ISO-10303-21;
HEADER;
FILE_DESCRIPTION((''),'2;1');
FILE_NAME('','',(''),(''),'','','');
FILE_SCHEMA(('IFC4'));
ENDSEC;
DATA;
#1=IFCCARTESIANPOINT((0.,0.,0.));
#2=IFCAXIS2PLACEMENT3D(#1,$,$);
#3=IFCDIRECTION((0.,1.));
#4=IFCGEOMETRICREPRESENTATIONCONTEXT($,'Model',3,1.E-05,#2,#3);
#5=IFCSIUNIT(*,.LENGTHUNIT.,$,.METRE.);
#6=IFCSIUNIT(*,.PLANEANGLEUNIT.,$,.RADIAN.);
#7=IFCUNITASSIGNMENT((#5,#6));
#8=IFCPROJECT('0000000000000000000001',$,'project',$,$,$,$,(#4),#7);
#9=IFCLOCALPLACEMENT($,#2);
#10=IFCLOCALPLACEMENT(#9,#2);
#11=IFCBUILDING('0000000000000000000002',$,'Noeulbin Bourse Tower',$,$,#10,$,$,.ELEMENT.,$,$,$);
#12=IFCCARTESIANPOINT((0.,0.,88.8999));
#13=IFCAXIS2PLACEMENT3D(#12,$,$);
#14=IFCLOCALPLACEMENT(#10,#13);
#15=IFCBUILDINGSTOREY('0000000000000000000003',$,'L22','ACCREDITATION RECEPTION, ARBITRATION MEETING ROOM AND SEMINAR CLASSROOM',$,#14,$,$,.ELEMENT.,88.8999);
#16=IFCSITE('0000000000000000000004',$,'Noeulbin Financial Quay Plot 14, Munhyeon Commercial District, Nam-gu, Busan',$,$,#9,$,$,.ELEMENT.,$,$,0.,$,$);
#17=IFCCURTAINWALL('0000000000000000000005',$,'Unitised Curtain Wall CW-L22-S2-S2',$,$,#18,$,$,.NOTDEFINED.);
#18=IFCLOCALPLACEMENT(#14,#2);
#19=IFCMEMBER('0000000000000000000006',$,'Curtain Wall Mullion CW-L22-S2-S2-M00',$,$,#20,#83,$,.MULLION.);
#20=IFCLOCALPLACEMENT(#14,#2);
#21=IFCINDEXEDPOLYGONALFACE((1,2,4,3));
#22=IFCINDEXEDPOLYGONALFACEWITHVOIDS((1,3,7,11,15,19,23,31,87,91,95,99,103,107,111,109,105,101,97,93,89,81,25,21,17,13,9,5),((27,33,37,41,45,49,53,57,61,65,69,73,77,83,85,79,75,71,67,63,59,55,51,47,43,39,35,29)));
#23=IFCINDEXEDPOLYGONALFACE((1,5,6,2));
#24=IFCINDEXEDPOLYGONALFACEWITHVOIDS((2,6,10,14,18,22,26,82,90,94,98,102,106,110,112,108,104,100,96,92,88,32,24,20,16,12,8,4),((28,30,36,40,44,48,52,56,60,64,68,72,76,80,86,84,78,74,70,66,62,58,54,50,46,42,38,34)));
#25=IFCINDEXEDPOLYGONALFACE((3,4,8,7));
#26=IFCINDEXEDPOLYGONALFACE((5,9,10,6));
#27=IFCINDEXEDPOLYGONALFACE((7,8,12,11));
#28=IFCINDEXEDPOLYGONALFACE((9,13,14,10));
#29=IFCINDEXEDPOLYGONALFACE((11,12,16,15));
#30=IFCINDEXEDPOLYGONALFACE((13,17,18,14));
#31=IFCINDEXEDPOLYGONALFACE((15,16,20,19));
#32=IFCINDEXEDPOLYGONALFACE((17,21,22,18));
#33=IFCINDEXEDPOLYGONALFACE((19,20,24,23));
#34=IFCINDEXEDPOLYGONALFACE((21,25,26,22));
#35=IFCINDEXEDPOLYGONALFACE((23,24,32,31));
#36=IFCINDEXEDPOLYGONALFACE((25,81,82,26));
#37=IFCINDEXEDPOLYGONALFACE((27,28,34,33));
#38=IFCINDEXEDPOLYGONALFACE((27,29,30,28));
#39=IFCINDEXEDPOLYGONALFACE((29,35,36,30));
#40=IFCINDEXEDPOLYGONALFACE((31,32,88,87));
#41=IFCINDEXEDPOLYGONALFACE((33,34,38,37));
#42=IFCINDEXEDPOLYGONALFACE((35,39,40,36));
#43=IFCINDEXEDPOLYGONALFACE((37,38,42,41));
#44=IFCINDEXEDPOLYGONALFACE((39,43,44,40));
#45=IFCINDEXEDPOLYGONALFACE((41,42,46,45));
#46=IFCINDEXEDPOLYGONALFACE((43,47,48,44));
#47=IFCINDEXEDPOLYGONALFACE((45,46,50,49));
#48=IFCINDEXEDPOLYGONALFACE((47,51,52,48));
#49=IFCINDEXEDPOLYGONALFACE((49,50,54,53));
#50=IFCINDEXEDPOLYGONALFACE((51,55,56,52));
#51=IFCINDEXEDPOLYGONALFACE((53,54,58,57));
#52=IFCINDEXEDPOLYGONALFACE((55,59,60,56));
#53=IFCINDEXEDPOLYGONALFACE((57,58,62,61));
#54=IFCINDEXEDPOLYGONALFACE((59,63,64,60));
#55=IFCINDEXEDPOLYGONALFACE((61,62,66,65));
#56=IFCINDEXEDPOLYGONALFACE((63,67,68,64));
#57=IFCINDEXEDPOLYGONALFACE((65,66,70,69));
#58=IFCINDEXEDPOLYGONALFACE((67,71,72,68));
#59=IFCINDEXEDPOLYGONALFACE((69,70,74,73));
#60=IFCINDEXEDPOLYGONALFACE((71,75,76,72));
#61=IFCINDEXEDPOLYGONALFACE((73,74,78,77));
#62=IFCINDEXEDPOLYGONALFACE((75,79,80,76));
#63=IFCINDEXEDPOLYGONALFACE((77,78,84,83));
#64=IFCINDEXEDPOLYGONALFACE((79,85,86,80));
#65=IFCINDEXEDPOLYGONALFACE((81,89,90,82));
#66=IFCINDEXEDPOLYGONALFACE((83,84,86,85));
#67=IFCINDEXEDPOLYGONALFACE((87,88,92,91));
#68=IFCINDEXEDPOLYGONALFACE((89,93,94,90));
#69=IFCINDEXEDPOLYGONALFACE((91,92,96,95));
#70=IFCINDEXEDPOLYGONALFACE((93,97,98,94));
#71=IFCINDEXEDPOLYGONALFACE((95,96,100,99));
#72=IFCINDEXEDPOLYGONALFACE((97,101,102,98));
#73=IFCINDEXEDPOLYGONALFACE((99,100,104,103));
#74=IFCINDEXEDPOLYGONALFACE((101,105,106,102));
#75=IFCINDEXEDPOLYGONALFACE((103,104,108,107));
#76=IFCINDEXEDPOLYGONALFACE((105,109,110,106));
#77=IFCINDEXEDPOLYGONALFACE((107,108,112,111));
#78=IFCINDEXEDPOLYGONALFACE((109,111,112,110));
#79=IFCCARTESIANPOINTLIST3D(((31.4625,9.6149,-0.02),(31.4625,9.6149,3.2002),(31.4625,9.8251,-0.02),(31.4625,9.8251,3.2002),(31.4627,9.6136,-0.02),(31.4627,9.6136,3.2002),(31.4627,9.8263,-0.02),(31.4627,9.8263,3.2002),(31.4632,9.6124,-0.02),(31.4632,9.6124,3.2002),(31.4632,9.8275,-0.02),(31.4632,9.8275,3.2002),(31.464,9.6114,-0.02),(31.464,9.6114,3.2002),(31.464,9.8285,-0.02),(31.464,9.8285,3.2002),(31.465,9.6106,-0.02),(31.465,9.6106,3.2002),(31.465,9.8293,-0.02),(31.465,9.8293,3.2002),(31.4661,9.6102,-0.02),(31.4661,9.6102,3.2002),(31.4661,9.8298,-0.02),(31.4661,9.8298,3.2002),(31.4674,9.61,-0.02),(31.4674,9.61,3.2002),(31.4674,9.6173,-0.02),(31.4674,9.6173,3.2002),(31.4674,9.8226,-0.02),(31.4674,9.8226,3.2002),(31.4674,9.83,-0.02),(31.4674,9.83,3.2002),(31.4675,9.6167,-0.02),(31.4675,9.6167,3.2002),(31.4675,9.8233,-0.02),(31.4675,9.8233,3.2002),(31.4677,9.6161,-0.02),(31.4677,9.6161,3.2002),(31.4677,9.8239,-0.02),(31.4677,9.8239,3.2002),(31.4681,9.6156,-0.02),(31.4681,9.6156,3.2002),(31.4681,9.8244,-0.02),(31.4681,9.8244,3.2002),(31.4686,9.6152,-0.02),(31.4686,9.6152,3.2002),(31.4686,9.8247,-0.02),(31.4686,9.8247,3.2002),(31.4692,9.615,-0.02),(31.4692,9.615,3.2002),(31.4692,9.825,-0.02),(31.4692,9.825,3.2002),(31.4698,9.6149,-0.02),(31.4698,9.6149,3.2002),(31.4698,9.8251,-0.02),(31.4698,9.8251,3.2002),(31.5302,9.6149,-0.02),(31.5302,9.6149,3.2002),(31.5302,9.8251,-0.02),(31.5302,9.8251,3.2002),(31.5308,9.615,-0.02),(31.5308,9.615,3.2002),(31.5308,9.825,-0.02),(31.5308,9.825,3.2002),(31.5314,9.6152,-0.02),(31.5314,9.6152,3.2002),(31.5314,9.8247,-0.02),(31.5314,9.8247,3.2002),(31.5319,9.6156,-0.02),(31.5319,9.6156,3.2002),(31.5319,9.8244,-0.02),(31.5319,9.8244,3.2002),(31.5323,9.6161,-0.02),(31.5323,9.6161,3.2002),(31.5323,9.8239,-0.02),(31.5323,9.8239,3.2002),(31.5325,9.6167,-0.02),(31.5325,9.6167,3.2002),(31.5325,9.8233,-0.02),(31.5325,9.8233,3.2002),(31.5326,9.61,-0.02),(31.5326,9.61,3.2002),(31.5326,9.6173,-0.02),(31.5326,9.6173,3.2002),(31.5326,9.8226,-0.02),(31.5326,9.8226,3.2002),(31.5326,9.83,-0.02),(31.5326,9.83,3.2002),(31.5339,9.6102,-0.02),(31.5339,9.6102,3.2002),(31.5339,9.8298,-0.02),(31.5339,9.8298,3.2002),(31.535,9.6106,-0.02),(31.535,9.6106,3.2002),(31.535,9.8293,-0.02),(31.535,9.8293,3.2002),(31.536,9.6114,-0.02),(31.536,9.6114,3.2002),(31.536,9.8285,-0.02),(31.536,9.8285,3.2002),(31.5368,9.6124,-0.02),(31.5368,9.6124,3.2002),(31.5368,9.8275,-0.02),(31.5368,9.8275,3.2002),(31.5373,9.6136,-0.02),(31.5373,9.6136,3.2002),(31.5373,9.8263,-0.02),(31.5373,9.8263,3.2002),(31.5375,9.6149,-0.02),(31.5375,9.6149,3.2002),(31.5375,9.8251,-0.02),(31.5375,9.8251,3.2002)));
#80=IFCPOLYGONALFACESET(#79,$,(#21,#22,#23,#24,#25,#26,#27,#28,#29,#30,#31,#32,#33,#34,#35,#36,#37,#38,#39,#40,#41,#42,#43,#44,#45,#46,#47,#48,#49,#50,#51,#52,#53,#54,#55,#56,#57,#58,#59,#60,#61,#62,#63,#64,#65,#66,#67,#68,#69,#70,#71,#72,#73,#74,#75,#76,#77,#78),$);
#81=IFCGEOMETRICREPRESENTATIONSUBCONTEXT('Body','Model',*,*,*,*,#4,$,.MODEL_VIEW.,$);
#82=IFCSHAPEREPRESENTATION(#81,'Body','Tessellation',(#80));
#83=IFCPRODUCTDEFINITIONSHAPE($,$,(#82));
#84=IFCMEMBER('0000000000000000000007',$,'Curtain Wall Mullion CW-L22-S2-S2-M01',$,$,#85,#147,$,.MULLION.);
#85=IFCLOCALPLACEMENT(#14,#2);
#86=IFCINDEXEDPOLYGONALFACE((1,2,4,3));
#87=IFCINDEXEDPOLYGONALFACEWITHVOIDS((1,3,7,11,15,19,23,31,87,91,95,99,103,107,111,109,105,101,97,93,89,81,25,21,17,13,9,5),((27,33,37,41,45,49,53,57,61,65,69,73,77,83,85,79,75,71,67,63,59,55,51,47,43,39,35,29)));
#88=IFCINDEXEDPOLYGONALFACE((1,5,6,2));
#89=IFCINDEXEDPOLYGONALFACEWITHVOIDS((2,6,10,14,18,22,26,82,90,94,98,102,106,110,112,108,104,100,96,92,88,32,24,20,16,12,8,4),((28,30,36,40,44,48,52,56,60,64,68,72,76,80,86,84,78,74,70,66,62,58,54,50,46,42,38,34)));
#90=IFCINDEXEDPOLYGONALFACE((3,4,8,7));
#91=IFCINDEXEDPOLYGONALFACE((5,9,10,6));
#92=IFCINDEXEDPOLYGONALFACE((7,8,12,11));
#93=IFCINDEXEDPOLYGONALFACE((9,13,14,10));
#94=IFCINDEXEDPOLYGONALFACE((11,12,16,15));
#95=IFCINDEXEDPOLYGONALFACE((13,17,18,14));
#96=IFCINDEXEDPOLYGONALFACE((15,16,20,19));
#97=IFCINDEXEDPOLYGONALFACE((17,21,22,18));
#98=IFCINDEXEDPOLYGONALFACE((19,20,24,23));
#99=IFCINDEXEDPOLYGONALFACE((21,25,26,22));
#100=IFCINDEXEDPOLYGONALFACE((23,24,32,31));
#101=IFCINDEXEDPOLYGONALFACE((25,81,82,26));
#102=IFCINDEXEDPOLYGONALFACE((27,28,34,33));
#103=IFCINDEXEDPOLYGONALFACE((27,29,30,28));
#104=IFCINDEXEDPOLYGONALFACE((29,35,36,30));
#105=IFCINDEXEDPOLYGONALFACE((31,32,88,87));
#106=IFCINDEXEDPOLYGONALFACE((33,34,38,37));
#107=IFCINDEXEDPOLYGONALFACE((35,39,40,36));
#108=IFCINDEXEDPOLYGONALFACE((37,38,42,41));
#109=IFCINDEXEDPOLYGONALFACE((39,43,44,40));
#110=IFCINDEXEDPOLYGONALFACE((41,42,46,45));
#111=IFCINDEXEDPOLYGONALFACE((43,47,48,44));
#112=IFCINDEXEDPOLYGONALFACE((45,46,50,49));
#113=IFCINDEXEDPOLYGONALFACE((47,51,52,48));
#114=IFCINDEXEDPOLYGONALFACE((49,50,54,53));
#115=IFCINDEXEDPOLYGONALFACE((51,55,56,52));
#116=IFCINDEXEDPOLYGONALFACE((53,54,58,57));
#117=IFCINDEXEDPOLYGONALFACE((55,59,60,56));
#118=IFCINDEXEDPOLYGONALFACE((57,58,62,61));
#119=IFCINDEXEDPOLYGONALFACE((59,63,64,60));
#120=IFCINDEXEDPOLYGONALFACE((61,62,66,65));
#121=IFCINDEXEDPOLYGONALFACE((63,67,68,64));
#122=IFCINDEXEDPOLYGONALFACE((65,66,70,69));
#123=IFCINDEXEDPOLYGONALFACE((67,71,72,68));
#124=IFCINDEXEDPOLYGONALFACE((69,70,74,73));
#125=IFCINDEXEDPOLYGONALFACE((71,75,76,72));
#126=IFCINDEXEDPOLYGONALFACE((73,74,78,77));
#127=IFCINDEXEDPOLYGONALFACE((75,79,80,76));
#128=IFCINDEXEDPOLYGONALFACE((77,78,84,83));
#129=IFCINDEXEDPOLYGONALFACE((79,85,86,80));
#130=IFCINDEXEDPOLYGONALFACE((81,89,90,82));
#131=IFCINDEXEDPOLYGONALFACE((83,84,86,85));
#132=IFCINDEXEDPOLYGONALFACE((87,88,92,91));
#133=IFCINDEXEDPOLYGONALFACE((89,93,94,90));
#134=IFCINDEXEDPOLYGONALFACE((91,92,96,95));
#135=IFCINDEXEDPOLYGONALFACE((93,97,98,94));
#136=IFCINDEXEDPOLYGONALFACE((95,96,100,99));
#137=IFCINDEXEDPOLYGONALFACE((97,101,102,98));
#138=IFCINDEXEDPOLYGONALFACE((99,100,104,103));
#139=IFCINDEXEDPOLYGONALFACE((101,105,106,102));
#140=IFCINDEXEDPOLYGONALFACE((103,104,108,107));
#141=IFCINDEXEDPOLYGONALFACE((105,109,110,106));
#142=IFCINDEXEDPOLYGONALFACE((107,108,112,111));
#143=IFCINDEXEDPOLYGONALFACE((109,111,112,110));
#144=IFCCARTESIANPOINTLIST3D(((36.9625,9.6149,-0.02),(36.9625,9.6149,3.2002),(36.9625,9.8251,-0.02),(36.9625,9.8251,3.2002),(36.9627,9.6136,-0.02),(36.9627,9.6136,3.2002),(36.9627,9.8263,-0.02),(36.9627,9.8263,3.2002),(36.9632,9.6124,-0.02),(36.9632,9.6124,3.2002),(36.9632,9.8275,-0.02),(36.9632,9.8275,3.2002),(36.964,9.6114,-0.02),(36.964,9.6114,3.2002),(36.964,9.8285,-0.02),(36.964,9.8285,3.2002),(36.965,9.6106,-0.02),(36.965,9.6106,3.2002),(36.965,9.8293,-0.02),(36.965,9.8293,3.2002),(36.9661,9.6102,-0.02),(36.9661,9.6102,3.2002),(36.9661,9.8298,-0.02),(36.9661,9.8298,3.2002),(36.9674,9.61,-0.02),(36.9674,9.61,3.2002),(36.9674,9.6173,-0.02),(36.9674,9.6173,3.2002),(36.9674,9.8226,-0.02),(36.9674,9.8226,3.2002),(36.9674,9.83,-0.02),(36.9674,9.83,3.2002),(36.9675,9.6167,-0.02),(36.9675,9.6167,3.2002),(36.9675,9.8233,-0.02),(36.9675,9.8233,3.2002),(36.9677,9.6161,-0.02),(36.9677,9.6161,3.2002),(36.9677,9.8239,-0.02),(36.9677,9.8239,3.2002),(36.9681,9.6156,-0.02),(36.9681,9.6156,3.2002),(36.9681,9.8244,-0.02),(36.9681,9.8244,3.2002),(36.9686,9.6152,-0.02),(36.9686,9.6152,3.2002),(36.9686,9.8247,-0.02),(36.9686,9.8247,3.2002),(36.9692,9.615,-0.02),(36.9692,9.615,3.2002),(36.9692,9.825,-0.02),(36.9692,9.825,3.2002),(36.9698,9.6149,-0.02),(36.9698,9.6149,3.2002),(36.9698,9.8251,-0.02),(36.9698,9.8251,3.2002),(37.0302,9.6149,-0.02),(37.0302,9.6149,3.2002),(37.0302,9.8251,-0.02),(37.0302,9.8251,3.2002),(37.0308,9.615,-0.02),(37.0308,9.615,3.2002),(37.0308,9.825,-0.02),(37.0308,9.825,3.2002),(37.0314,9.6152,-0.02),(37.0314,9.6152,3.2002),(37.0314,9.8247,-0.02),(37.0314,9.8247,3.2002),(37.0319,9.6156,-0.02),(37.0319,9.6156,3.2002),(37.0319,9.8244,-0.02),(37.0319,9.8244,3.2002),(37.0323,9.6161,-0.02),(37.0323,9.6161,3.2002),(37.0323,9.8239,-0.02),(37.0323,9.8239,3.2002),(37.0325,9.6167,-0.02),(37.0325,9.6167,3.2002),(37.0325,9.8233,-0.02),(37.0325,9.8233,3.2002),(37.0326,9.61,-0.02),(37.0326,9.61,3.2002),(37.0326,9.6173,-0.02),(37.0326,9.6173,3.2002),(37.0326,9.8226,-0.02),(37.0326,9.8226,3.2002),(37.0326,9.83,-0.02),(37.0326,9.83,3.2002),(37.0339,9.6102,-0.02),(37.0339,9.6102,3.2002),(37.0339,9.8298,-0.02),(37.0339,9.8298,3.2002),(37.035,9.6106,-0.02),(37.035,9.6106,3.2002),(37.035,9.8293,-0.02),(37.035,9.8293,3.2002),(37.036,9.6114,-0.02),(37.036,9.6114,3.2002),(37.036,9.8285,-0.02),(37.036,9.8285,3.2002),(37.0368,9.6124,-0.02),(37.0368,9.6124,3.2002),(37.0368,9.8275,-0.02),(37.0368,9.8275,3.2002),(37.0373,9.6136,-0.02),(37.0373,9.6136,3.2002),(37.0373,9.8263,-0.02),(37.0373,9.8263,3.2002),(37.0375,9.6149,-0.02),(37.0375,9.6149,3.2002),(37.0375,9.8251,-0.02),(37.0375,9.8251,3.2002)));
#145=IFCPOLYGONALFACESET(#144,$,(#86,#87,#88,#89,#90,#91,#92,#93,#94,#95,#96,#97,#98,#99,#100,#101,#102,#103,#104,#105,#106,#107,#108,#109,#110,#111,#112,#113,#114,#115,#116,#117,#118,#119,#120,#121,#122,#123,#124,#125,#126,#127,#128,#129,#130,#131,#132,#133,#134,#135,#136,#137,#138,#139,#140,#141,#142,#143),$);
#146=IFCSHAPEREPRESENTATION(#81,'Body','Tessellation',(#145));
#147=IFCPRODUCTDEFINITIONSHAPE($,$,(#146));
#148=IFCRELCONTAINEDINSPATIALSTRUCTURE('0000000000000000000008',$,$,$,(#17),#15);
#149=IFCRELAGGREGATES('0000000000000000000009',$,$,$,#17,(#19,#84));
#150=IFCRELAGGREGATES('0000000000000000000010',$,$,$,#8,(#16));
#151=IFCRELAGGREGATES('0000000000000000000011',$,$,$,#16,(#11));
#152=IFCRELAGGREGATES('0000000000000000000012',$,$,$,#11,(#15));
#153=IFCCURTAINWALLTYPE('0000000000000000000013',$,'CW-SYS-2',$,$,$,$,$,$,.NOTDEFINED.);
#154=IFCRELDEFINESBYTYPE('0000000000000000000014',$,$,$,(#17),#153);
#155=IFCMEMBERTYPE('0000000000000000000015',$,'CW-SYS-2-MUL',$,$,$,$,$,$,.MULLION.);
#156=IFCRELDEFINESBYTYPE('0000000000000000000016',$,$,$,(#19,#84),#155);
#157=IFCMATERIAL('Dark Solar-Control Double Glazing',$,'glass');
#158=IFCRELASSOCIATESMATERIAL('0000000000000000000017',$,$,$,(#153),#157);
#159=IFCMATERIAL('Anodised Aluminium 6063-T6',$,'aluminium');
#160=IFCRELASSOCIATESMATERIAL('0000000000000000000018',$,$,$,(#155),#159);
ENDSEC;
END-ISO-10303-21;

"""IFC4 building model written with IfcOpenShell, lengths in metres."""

from ifc_helpers import new_model, si_unit, direction, frame, origin, origin_2d, place, context, subcontext, project, spatial, hollow_rectangle, extrude, material, material_profile, profile_set, type_object, element, aggregate, save


model = new_model("IFC4")

# Units and contexts
model_context = context("Model", 3, precision=1e-05, world=origin(), true_north=direction((0.0, 1.0)))
body_context = subcontext(model_context, "Body", "Model", "MODEL_VIEW")
ifc_project = project(units=[si_unit("LENGTHUNIT", "METRE"), si_unit("PLANEANGLEUNIT", "RADIAN")], contexts=[model_context])

# Site, building, storey
site_placement = place(None, origin())
site = spatial("IfcSite", under=ifc_project, at=site_placement, Name="Noeulbin Financial Quay Plot 14, Munhyeon Commercial District, Nam-gu, Busan", CompositionType="ELEMENT", RefElevation=0.0)
building_placement = place(site_placement, origin())
building = spatial("IfcBuilding", under=site, at=building_placement, Name="Noeulbin Bourse Tower", CompositionType="ELEMENT")
storey_placement = place(building_placement, frame((0.0, 0.0, 88.8999)))
storey = spatial("IfcBuildingStorey", under=building, at=storey_placement, Name="L22", Description="ACCREDITATION RECEPTION, ARBITRATION MEETING ROOM AND SEMINAR CLASSROOM", CompositionType="ELEMENT", Elevation=88.8999)

# Curtain wall, members
ifc_material_1 = material(Name="Dark Solar-Control Double Glazing", Category="glass")
curtain_wall_type = type_object("IfcCurtainWallType", Name="CW-SYS-2", PredefinedType="NOTDEFINED", material=ifc_material_1)
ifc_material_2 = material(Name="Anodised Aluminium 6063-T6", Category="aluminium")
ifc_material_profile_1 = material_profile(ifc_material_2, hollow_rectangle(XDim=0.075, YDim=0.22, WallThickness=0.0049, InnerFilletRadius=0.0024, OuterFilletRadius=0.0049, at=origin_2d()), Name="ALU-MULL-75x220x5", Category="LoadBearing")
ifc_profile_set_1 = profile_set([ifc_material_profile_1], Name="Anodised Aluminium 6063-T6")
member_type_1 = type_object("IfcMemberType", Name="CW-SYS-2-MUL", PredefinedType="MULLION", material=ifc_profile_set_1)
curtain_wall_1_placement = place(storey_placement, origin())
curtain_wall_1 = element("IfcCurtainWall", 1, at=curtain_wall_1_placement, inside=storey, type_object=curtain_wall_type, Name="Unitised Curtain Wall CW-L22-S2-S2", PredefinedType="NOTDEFINED")
member_1_placement = place(storey_placement, frame((31.5, 9.72, -0.02), z_axis=(0.0, 0.0, 1.0), x_axis=(1.0, 0.0, 0.0)))
member_1 = element("IfcMember", 2, at=member_1_placement, type_object=member_type_1, Name="Curtain Wall Mullion CW-L22-S2-S2-M00", PredefinedType="MULLION", context=body_context, shape_type="SweptSolid", body=[
    extrude(hollow_rectangle(XDim=0.075, YDim=0.22, WallThickness=0.0049, InnerFilletRadius=0.0024, OuterFilletRadius=0.0049, at=origin_2d()), origin(), (0.0, 0.0, 1.0), 3.2202),
])
member_2_placement = place(storey_placement, frame((37.0, 9.72, -0.02), z_axis=(0.0, 0.0, 1.0), x_axis=(1.0, 0.0, 0.0)))
member_2 = element("IfcMember", 3, at=member_2_placement, type_object=member_type_1, Name="Curtain Wall Mullion CW-L22-S2-S2-M01", PredefinedType="MULLION", context=body_context, shape_type="SweptSolid", body=[
    extrude(hollow_rectangle(XDim=0.075, YDim=0.22, WallThickness=0.0049, InnerFilletRadius=0.0024, OuterFilletRadius=0.0049, at=origin_2d()), origin(), (0.0, 0.0, 1.0), 3.2202),
])

aggregate(curtain_wall_1, [member_1, member_2])

save(model, "model.ifc")
